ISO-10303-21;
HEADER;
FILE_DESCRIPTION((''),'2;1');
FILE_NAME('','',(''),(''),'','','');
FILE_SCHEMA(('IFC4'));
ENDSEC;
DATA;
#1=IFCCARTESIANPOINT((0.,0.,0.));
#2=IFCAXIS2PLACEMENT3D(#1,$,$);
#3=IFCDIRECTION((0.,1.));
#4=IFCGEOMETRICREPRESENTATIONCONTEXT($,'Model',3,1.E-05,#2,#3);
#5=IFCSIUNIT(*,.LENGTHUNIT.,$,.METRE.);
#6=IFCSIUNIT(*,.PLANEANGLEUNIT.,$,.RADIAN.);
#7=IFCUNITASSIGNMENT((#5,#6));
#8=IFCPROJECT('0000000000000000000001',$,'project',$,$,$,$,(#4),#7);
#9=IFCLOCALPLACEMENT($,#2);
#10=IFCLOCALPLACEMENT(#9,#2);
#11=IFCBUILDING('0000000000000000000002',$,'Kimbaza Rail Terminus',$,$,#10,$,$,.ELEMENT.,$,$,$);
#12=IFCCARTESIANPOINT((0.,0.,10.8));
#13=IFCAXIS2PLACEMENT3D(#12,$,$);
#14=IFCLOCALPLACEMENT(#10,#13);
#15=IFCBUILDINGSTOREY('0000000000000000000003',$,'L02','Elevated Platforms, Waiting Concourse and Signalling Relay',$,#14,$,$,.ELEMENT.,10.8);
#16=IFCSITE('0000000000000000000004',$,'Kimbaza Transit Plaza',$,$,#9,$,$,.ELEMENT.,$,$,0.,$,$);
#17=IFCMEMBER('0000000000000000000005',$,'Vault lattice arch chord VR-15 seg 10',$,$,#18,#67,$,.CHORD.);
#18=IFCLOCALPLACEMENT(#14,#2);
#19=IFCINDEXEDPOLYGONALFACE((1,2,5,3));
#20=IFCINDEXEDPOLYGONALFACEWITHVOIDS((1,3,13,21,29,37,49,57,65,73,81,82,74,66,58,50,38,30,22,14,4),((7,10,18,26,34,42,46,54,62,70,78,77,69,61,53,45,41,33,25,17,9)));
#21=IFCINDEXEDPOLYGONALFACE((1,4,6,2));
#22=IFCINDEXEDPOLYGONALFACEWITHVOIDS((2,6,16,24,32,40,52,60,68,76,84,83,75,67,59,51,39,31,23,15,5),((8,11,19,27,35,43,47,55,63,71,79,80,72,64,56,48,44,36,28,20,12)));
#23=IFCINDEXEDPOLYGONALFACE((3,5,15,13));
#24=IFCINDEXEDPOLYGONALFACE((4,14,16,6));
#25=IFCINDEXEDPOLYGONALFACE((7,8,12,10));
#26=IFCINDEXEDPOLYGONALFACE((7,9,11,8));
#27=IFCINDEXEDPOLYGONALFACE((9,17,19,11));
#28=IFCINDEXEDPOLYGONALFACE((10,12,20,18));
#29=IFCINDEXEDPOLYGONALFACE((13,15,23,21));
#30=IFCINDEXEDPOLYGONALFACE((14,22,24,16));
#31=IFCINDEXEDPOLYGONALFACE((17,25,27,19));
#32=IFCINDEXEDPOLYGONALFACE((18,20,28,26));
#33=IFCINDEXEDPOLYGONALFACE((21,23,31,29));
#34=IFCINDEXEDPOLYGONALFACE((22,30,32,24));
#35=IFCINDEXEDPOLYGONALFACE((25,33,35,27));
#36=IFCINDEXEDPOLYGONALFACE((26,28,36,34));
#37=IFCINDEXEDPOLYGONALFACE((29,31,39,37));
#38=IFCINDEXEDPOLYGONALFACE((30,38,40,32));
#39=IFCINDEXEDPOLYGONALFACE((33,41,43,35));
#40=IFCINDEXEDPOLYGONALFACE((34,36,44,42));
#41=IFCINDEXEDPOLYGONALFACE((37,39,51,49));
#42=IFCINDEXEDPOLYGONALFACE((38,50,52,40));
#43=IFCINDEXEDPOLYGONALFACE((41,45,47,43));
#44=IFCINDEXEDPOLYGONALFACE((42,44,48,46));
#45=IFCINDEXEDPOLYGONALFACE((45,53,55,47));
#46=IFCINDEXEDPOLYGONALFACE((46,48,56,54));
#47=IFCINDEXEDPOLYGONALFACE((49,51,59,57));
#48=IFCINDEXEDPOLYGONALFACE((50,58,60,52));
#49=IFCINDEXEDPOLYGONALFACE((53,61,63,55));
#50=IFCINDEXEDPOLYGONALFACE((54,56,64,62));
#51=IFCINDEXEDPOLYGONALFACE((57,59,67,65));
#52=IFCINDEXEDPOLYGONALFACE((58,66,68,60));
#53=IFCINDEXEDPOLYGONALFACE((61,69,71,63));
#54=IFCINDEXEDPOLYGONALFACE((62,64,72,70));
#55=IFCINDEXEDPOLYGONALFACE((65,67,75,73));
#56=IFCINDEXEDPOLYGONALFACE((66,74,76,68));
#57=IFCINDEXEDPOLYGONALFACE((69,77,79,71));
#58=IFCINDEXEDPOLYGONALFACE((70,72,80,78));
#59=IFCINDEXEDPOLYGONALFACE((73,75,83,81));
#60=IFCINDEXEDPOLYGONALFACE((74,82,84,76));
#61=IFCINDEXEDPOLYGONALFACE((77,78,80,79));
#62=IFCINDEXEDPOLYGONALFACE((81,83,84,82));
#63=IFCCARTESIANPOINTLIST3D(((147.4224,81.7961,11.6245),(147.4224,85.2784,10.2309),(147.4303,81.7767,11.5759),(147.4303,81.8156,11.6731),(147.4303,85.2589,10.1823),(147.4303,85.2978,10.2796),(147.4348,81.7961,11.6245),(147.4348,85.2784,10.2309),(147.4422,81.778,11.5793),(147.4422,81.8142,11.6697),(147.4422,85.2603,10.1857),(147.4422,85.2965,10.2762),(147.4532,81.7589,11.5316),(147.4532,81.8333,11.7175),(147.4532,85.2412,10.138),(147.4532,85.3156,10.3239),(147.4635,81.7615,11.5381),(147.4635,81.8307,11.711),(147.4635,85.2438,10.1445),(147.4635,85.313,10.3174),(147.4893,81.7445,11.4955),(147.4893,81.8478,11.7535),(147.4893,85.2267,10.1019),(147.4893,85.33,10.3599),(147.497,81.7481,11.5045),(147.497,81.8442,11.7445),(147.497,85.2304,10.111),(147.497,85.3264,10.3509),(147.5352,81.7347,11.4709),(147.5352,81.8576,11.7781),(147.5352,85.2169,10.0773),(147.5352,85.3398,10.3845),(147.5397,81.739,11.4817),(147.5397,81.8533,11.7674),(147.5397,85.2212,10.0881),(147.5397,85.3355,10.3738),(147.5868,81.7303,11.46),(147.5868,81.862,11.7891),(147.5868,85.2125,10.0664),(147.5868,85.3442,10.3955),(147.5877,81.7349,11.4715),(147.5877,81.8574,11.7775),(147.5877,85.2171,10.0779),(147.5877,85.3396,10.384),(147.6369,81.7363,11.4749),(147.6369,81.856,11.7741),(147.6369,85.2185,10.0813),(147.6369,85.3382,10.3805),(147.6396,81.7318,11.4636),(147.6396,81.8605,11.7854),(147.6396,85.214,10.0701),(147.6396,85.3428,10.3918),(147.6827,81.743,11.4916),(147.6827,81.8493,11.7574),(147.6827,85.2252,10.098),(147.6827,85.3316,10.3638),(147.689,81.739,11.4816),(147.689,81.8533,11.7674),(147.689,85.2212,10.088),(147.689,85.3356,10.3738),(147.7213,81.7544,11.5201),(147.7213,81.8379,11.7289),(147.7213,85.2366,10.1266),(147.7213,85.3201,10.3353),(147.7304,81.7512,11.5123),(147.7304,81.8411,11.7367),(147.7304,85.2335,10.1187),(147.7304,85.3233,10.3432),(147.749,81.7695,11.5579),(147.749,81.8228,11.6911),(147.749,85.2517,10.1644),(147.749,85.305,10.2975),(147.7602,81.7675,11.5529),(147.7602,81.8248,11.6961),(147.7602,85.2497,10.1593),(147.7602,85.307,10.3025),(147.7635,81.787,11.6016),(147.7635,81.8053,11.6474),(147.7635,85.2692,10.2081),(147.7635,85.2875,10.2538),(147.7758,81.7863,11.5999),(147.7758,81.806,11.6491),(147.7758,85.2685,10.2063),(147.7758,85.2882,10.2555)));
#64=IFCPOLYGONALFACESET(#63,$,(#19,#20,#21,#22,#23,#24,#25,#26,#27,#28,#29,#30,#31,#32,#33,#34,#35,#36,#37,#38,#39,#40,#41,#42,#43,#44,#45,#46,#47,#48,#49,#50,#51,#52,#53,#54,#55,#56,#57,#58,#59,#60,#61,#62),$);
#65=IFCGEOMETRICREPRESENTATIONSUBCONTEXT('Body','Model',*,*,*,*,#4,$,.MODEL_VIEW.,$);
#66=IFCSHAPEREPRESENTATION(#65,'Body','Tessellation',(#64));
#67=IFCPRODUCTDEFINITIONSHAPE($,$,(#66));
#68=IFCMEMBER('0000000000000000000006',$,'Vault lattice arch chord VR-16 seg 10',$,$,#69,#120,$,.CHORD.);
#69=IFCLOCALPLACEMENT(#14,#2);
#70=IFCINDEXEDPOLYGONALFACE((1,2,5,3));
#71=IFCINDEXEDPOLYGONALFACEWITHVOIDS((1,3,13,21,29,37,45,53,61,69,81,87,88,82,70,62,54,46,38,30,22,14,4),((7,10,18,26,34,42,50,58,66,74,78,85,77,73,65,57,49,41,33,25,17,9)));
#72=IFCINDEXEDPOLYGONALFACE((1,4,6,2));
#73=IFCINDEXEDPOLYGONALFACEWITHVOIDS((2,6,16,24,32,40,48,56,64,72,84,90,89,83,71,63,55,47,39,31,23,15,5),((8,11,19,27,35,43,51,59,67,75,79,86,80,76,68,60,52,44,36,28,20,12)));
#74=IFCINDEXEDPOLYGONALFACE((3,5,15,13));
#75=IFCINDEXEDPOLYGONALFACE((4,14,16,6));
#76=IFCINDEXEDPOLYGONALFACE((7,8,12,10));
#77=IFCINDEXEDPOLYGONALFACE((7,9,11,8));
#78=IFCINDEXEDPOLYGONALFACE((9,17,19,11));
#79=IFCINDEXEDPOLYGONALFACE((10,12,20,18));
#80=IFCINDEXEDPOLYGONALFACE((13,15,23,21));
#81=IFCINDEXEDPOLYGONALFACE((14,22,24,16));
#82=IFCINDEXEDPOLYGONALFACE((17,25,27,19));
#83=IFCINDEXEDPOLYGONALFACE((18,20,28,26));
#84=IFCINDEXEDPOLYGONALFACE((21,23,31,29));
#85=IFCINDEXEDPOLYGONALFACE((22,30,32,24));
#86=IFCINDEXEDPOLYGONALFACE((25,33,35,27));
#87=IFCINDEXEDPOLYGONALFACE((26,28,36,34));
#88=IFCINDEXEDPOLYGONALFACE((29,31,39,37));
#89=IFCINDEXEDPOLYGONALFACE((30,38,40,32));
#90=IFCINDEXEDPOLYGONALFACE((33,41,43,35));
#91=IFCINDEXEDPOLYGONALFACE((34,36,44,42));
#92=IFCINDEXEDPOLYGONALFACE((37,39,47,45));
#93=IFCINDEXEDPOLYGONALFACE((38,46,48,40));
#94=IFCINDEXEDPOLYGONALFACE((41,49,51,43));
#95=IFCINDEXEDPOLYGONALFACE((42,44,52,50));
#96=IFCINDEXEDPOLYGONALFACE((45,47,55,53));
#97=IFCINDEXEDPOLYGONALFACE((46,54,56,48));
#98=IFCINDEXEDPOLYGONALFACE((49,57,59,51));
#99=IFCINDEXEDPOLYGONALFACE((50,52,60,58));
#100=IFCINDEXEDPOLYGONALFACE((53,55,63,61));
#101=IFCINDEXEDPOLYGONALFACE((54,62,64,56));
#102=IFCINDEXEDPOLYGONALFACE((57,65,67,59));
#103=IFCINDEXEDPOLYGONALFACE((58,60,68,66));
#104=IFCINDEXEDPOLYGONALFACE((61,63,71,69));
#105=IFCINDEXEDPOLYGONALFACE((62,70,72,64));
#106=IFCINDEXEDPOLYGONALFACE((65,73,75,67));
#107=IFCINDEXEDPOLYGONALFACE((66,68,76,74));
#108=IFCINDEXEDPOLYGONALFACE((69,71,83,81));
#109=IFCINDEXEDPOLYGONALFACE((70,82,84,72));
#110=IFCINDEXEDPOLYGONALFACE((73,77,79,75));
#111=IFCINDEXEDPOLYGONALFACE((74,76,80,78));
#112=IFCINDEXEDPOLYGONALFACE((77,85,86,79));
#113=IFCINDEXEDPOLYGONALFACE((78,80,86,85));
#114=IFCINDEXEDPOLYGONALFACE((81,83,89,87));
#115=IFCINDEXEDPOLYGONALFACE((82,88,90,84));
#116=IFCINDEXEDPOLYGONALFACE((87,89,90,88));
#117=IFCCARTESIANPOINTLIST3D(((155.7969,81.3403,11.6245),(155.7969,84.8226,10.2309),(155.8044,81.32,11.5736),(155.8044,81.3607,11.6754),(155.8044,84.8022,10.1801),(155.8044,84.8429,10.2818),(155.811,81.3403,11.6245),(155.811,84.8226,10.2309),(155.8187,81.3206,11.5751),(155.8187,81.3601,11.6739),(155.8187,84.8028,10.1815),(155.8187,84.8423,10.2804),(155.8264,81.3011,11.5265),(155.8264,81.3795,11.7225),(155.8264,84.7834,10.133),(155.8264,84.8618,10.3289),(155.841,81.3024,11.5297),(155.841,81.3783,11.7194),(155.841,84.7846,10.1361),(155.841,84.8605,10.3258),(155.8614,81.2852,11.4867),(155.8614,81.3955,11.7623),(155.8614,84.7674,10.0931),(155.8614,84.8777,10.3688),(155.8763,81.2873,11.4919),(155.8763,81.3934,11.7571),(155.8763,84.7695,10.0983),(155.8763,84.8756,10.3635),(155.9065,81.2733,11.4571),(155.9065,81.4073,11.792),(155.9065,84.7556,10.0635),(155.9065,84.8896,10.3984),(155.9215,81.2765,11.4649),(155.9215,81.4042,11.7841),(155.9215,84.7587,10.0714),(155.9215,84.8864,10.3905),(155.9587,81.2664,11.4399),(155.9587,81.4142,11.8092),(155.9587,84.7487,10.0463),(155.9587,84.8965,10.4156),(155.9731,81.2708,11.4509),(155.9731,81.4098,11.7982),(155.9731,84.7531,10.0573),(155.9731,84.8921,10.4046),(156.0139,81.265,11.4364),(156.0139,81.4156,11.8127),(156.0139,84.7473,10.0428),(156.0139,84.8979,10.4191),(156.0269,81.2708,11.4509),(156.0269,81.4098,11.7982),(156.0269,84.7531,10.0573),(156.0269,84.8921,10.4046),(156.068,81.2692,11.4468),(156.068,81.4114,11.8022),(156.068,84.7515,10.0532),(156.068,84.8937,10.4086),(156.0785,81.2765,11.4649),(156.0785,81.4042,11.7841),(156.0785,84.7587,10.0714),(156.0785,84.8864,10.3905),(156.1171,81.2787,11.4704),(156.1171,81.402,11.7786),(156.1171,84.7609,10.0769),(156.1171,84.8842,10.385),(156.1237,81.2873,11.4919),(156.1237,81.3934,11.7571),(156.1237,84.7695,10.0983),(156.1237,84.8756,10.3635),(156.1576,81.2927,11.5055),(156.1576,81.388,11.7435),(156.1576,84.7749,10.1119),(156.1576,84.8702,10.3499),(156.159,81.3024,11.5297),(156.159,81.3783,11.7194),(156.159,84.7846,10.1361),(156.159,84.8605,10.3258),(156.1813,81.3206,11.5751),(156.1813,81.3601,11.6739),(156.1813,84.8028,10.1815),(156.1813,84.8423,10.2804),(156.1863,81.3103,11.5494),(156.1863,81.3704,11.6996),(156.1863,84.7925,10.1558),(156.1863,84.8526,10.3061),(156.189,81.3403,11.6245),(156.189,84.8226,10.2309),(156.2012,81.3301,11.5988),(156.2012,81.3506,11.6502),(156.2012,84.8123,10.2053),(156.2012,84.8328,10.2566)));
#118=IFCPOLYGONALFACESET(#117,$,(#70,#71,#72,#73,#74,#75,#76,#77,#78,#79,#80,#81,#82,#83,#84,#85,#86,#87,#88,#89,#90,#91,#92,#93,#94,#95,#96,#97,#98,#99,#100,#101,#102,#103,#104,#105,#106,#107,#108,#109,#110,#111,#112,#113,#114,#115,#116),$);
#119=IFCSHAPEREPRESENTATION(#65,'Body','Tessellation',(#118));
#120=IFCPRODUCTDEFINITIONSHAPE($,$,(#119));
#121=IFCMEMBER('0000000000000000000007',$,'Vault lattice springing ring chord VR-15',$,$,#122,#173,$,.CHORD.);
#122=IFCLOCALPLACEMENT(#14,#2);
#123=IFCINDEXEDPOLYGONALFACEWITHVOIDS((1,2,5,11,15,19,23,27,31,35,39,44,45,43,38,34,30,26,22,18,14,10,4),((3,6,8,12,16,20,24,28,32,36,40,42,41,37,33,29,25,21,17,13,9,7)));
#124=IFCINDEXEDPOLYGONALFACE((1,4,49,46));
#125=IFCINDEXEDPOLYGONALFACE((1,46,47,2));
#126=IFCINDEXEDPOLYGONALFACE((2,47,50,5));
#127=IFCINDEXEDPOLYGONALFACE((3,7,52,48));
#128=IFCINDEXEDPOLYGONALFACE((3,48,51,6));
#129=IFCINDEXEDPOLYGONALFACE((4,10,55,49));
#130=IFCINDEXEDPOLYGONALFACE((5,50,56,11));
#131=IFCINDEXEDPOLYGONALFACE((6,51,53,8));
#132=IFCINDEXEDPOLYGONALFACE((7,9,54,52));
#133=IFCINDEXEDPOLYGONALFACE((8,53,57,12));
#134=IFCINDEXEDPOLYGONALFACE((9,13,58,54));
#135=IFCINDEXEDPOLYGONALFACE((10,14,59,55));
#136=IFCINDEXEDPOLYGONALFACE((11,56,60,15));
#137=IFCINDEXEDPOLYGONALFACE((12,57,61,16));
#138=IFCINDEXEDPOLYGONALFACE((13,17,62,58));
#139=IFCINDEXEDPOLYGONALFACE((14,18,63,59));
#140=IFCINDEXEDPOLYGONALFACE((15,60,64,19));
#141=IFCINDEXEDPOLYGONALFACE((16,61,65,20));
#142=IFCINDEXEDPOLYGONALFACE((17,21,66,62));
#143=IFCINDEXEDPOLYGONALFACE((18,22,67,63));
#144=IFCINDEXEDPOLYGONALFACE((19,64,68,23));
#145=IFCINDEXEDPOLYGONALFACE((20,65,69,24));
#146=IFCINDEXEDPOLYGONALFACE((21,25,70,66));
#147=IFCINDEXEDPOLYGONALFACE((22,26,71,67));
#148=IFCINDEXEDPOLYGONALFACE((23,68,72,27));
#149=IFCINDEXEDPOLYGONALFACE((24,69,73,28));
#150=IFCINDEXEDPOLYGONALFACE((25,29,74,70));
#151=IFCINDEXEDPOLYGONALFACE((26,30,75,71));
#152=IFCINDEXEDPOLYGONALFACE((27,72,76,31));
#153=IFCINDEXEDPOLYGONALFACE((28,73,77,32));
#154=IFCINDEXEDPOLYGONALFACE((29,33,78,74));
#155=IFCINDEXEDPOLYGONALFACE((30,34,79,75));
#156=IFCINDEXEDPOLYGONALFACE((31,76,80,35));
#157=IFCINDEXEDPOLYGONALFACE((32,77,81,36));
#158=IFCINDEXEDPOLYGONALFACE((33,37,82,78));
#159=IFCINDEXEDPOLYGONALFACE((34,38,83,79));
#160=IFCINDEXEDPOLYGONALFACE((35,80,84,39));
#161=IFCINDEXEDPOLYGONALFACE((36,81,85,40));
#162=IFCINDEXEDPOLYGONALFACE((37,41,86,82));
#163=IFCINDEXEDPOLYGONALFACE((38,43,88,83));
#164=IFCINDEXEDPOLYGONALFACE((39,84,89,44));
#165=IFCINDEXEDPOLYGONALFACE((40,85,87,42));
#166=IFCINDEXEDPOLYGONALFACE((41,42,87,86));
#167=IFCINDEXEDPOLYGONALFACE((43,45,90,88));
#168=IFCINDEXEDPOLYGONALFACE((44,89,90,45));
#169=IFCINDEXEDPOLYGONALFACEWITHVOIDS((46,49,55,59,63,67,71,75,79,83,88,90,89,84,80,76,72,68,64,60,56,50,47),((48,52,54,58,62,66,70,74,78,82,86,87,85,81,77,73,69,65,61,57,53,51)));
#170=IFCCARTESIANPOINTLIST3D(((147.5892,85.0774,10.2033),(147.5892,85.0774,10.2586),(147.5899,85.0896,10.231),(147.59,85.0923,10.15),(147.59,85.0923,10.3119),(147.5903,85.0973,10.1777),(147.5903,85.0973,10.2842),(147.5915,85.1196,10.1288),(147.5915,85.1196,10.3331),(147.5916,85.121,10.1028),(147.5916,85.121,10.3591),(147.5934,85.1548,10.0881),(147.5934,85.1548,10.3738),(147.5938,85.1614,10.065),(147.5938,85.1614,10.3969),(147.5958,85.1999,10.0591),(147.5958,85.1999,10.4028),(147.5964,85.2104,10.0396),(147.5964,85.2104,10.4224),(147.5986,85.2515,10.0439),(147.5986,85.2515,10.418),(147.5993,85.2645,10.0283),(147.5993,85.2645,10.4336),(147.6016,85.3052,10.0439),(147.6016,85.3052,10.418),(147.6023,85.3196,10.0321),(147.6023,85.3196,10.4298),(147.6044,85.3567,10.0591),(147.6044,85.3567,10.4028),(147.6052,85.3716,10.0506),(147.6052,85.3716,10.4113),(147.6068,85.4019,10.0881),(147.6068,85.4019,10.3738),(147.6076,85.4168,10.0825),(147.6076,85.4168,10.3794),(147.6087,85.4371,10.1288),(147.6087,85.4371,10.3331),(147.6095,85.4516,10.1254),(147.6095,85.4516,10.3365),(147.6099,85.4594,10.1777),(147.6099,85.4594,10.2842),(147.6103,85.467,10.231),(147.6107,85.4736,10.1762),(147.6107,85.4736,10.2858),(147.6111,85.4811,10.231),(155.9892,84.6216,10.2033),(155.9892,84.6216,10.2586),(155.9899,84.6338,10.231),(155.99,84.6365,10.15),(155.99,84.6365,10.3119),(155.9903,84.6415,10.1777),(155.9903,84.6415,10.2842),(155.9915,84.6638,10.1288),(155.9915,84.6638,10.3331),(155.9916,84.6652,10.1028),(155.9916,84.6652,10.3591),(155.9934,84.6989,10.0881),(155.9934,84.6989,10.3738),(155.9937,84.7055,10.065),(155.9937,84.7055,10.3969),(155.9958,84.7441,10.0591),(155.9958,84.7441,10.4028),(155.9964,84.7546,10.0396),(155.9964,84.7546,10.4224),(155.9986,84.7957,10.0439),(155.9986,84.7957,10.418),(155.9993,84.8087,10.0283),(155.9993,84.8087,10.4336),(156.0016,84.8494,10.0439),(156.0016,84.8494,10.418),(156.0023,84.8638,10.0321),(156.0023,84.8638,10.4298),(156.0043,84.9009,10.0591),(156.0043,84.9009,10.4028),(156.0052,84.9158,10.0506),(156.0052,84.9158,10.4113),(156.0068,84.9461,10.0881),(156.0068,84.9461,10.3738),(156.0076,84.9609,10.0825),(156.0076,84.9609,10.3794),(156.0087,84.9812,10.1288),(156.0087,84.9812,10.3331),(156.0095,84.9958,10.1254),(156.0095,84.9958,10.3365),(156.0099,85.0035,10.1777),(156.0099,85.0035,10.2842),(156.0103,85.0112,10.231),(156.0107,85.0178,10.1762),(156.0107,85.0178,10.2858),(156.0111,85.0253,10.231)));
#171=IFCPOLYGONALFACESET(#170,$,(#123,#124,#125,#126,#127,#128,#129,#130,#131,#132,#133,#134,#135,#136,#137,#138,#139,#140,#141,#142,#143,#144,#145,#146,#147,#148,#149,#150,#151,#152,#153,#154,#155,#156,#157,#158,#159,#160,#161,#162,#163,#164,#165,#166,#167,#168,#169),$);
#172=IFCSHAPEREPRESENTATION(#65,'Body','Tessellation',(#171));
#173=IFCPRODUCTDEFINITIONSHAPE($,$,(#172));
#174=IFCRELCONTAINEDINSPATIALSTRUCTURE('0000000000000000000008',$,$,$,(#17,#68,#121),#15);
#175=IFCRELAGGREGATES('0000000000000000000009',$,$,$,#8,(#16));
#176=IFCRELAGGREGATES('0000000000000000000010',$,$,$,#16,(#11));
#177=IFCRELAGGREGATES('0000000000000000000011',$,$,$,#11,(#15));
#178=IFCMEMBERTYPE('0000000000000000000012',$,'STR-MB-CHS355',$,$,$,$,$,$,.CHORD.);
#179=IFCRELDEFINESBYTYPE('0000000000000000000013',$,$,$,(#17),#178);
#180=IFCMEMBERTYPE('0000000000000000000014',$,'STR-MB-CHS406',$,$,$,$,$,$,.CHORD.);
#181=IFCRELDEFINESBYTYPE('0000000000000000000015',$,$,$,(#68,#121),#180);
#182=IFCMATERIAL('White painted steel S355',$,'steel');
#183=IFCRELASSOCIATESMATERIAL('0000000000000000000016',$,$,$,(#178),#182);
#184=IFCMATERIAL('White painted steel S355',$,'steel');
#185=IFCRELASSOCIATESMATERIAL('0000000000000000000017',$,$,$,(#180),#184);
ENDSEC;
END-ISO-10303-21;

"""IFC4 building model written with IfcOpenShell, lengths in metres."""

from ifc_helpers import new_model, si_unit, direction, frame, origin, origin_2d, place, context, subcontext, project, spatial, hollow_circle, extrude, material, material_profile, profile_set, type_object, element, save


model = new_model("IFC4")

# Units and contexts
model_context = context("Model", 3, precision=1e-05, world=origin(), true_north=direction((0.0, 1.0)))
body_context = subcontext(model_context, "Body", "Model", "MODEL_VIEW")
ifc_project = project(units=[si_unit("LENGTHUNIT", "METRE"), si_unit("PLANEANGLEUNIT", "RADIAN")], contexts=[model_context])

# Site, building, storey
site_placement = place(None, origin())
site = spatial("IfcSite", under=ifc_project, at=site_placement, Name="Kimbaza Transit Plaza", CompositionType="ELEMENT", RefElevation=0.0)
building_placement = place(site_placement, origin())
building = spatial("IfcBuilding", under=site, at=building_placement, Name="Kimbaza Rail Terminus", CompositionType="ELEMENT")
storey_placement = place(building_placement, frame((0.0, 0.0, 10.8)))
storey = spatial("IfcBuildingStorey", under=building, at=storey_placement, Name="L02", Description="Elevated Platforms, Waiting Concourse and Signalling Relay", CompositionType="ELEMENT", Elevation=10.8)

# Members
ifc_material_1 = material(Name="White painted steel S355", Category="steel")
ifc_material_profile_1 = material_profile(ifc_material_1, hollow_circle(Radius=0.1777, WallThickness=0.0125, at=origin_2d()), Name="CHS 355.6x12.5")
ifc_profile_set_1 = profile_set([ifc_material_profile_1], Name="White painted steel S355")
member_type_1 = type_object("IfcMemberType", Name="STR-MB-CHS355", PredefinedType="CHORD", material=ifc_profile_set_1)
member_1_placement = place(storey_placement, frame((147.6001, 81.7961, 11.6245), z_axis=(0.0, 0.928414, -0.371548), x_axis=(-1.0, 0.0, 0.0)))
element("IfcMember", 1, at=member_1_placement, inside=storey, type_object=member_type_1, Name="Vault lattice arch chord VR-15 seg 10", PredefinedType="CHORD", context=body_context, shape_type="SweptSolid", body=[
    extrude(hollow_circle(Radius=0.1777, WallThickness=0.0125, at=origin_2d()), origin(), (0.0, 0.0, 1.0), 3.7507),
])
ifc_material_2 = material(Name="White painted steel S355", Category="steel")
ifc_material_profile_2 = material_profile(ifc_material_2, hollow_circle(Radius=0.2031, WallThickness=0.0142, at=origin_2d()), Name="CHS 406.4x14.2")
ifc_profile_set_2 = profile_set([ifc_material_profile_2], Name="White painted steel S355")
member_type_2 = type_object("IfcMemberType", Name="STR-MB-CHS406", PredefinedType="CHORD", material=ifc_profile_set_2)
member_2_placement = place(storey_placement, frame((156.0, 81.3403, 11.6245), z_axis=(0.0, 0.928414, -0.371548), x_axis=(-1.0, 0.0, 0.0)))
element("IfcMember", 2, at=member_2_placement, inside=storey, type_object=member_type_2, Name="Vault lattice arch chord VR-16 seg 10", PredefinedType="CHORD", context=body_context, shape_type="SweptSolid", body=[
    extrude(hollow_circle(Radius=0.2031, WallThickness=0.0142, at=origin_2d()), origin(), (0.0, 0.0, 1.0), 3.7507),
])
member_3_placement = place(storey_placement, frame((147.6001, 85.2783, 10.231), z_axis=(0.998531, -0.054184, 0.0), x_axis=(0.054184, 0.998531, 0.0)))
element("IfcMember", 3, at=member_3_placement, inside=storey, type_object=member_type_2, Name="Vault lattice springing ring chord VR-15", PredefinedType="CHORD", context=body_context, shape_type="SweptSolid", body=[
    extrude(hollow_circle(Radius=0.2031, WallThickness=0.0142, at=origin_2d()), origin(), (0.0, 0.0, 1.0), 8.4124),
])

save(model, "model.ifc")
